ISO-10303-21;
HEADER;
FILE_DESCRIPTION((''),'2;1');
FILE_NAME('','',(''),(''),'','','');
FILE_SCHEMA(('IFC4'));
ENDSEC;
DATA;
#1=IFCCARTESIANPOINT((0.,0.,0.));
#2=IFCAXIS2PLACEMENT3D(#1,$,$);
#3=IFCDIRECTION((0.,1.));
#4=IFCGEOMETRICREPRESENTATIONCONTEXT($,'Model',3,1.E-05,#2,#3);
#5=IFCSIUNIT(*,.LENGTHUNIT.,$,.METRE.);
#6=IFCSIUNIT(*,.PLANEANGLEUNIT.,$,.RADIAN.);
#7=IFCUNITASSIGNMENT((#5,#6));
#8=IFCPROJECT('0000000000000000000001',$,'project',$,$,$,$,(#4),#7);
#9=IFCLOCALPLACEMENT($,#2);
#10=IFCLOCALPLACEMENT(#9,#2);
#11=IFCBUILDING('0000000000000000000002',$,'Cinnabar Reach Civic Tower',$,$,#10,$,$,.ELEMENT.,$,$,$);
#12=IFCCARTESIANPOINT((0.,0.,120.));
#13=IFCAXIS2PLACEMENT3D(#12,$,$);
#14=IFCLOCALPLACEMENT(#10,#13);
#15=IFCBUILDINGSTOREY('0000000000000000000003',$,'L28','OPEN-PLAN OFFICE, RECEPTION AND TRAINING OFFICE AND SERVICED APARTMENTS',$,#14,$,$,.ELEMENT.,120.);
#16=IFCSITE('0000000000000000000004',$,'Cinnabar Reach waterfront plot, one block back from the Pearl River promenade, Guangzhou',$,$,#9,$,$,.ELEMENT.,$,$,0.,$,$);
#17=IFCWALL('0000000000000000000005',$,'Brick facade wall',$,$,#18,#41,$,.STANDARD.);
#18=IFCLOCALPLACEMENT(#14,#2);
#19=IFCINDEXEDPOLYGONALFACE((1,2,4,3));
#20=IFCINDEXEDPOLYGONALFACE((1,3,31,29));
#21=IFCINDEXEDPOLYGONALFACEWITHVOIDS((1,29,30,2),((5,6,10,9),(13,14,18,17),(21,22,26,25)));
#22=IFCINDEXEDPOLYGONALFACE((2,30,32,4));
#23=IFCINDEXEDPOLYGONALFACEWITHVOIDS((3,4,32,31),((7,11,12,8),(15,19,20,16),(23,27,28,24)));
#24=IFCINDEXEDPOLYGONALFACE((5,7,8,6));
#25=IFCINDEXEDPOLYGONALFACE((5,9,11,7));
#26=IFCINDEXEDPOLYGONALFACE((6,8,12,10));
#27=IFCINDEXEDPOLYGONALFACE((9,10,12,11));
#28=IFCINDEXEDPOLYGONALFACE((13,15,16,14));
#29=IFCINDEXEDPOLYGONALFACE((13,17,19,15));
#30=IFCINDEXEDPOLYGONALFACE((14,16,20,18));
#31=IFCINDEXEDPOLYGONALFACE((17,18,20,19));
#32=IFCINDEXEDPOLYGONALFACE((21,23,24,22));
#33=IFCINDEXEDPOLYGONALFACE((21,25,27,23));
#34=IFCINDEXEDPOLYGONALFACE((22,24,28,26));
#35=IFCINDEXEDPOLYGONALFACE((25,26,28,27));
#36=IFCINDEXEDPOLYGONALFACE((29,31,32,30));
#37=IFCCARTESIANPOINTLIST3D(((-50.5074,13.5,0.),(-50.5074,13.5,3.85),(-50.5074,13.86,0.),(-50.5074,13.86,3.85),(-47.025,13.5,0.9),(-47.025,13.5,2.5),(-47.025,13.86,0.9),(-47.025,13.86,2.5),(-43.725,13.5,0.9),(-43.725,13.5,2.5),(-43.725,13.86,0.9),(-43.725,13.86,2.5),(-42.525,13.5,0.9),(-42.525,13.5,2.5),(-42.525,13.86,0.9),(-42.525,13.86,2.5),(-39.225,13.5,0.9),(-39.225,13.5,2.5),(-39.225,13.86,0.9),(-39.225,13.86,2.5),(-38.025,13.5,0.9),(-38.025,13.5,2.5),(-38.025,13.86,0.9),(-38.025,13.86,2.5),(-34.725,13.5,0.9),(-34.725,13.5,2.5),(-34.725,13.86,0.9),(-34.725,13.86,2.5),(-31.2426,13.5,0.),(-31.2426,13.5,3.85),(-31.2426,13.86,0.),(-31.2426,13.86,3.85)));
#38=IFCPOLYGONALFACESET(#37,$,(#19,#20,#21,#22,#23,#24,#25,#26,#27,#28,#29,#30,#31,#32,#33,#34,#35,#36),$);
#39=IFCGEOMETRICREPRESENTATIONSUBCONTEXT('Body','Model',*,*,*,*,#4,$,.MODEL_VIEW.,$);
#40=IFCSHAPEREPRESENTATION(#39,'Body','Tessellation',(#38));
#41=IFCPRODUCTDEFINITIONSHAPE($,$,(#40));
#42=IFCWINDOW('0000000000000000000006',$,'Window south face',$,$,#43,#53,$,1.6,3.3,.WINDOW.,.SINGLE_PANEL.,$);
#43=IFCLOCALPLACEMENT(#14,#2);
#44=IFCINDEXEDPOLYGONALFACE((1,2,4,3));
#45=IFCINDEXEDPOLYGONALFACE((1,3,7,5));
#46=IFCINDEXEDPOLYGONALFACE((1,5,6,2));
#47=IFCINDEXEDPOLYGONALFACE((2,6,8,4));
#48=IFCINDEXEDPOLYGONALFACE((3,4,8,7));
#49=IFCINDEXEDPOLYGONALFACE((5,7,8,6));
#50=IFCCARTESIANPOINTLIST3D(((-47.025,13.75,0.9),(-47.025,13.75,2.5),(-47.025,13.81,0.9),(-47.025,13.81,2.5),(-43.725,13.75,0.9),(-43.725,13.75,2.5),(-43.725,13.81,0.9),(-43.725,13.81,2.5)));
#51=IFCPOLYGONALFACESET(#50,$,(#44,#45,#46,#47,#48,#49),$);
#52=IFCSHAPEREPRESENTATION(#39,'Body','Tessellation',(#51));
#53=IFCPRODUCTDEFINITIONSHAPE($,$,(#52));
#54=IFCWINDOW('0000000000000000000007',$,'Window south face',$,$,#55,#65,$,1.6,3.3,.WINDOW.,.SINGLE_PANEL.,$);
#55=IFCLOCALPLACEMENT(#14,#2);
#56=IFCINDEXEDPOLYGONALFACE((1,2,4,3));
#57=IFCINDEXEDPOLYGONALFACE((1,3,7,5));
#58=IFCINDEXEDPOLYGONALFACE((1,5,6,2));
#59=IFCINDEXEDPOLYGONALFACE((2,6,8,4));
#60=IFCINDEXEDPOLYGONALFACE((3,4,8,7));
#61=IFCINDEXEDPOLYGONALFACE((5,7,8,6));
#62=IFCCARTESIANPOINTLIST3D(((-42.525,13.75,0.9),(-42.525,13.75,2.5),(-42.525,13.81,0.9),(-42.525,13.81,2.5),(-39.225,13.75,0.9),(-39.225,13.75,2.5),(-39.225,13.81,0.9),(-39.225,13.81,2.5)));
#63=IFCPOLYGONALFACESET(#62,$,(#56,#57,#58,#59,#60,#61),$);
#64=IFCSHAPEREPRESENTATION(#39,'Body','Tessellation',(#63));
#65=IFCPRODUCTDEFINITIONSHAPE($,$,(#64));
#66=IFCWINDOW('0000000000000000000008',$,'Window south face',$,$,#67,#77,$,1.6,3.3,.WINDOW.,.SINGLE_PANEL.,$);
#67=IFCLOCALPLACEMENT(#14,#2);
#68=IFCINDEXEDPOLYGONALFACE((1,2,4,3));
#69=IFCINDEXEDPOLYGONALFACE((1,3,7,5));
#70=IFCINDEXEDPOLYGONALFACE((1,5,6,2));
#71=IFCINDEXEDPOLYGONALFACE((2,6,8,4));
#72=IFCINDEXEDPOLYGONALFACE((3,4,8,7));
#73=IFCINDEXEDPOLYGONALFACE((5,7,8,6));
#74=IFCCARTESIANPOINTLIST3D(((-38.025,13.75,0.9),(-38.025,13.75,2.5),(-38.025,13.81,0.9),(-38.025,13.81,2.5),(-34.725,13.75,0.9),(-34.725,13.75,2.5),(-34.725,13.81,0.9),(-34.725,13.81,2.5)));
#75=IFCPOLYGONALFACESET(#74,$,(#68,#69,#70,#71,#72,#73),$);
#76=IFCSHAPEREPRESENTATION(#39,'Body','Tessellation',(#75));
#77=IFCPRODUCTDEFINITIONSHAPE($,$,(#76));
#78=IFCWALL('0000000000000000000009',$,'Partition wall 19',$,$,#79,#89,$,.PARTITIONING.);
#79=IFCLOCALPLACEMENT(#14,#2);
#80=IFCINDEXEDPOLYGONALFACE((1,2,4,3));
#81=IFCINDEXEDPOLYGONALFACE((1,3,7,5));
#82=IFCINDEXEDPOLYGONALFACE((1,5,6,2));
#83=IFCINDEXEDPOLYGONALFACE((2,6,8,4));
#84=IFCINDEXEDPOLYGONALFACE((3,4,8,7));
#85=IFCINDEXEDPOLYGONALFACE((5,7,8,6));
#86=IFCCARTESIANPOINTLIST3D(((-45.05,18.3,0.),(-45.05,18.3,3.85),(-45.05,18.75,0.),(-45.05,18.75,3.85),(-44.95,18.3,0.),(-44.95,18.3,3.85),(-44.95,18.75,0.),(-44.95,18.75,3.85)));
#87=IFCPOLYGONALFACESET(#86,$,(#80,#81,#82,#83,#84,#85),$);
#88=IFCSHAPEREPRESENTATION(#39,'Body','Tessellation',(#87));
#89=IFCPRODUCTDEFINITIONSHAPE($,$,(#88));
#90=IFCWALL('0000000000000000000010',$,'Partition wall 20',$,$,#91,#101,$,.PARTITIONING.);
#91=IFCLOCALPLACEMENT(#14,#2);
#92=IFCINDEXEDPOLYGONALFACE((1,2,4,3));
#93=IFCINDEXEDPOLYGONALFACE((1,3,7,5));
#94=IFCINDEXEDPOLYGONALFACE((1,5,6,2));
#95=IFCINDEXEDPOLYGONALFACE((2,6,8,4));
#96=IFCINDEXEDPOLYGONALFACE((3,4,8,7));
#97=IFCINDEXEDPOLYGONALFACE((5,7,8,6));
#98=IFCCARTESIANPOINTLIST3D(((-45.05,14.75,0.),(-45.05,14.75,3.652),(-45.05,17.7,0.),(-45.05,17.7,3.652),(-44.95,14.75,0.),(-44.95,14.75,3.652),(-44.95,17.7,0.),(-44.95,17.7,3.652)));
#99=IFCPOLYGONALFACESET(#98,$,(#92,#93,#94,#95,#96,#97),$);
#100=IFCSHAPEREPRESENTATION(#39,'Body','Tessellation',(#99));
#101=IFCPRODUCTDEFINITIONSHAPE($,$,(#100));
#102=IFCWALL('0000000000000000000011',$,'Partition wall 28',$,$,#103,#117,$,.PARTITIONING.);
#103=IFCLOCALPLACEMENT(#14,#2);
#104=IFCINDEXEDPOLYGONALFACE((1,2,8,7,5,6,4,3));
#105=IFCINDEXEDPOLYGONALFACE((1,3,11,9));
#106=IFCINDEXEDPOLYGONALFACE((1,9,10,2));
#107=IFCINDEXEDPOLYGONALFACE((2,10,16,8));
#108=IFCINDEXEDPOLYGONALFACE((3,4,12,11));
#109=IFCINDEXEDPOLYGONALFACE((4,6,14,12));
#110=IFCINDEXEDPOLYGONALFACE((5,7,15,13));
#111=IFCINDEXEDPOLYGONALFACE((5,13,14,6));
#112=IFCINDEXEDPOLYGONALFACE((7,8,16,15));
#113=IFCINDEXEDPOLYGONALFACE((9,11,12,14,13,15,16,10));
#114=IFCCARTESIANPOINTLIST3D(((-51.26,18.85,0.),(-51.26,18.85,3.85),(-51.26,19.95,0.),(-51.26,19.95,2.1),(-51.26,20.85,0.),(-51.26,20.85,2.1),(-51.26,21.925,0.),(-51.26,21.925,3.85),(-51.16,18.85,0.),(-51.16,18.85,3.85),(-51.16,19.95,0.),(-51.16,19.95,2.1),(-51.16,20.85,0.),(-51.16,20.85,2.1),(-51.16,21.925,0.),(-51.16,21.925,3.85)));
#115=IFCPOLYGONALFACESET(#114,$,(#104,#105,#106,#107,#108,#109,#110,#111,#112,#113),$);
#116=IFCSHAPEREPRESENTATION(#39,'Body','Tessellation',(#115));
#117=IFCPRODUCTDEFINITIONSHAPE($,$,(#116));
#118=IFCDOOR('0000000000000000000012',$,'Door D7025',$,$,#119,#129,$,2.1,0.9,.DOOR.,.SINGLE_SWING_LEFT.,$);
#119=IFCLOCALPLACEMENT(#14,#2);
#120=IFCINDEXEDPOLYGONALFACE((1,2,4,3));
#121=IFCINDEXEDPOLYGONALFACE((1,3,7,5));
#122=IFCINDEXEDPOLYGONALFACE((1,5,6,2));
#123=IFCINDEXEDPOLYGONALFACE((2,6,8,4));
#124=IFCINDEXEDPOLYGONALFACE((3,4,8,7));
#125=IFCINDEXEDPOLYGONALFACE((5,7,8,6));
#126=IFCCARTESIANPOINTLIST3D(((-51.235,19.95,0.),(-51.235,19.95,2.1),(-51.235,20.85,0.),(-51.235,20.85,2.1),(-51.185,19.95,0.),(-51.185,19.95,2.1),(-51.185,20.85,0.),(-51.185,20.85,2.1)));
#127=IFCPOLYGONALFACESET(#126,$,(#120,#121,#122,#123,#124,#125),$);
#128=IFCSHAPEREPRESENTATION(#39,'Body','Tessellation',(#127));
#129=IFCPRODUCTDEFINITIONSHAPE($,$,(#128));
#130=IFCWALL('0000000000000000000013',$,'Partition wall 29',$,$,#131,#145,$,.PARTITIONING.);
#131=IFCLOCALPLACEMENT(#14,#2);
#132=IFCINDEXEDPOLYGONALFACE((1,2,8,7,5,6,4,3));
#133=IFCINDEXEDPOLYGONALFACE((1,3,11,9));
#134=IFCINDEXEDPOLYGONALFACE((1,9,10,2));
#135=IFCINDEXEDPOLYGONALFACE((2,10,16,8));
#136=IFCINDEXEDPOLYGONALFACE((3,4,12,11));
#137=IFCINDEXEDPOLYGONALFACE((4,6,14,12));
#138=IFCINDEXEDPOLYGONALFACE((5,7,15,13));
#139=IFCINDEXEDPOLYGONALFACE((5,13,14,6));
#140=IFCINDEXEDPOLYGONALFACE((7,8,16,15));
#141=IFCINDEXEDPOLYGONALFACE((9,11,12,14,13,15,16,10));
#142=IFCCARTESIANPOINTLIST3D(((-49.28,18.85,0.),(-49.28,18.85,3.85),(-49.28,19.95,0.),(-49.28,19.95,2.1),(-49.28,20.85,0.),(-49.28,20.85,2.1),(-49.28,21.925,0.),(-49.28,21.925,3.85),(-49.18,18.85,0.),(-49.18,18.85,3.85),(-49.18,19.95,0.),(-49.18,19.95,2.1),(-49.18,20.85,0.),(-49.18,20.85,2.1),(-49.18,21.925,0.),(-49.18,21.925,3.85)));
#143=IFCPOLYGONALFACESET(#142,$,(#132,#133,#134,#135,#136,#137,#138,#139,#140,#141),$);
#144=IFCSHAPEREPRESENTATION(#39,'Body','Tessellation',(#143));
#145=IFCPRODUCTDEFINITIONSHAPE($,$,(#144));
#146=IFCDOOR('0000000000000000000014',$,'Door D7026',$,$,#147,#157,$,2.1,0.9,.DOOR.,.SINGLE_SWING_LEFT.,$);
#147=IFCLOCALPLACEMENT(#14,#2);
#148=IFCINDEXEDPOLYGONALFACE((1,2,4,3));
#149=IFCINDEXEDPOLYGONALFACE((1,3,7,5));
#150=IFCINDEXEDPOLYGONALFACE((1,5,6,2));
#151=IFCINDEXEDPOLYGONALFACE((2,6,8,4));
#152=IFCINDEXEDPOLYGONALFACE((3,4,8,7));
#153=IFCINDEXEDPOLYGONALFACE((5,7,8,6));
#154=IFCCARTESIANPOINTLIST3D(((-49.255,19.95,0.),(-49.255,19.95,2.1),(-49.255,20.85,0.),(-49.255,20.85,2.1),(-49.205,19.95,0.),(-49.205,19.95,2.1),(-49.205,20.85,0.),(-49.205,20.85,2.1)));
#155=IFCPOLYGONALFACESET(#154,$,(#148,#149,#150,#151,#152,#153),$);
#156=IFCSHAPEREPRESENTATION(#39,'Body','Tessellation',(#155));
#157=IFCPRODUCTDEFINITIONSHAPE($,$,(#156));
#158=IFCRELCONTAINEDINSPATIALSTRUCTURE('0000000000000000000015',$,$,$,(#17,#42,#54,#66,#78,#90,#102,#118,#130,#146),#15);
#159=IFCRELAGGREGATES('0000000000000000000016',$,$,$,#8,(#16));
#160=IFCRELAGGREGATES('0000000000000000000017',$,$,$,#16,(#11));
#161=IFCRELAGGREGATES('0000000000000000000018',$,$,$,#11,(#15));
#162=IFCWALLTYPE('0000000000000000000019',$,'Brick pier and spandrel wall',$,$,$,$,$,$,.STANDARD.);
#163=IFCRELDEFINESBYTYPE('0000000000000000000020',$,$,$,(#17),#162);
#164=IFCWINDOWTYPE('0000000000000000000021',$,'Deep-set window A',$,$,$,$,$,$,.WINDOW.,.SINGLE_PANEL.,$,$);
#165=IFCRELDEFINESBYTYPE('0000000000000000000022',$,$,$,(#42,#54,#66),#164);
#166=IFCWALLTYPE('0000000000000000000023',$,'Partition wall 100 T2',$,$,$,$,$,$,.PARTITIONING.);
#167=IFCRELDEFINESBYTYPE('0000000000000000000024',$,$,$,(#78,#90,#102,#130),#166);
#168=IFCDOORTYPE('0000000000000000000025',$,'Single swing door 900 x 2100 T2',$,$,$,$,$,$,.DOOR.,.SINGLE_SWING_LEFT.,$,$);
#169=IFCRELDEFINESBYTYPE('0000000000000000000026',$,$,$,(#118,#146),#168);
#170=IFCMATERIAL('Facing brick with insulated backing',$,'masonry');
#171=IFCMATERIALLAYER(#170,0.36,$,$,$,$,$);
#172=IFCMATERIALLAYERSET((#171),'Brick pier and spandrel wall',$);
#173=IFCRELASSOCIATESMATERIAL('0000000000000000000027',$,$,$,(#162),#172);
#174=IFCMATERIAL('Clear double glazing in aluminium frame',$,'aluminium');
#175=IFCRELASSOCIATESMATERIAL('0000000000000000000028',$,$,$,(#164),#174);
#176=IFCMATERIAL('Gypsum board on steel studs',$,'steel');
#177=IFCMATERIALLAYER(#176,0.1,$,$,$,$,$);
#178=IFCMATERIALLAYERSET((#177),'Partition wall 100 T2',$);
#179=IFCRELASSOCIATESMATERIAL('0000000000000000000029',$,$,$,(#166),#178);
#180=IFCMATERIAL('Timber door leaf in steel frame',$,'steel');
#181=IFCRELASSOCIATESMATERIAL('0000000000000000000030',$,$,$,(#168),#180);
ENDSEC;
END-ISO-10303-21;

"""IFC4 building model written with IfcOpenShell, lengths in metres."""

from ifc_helpers import new_model, si_unit, direction, frame, frame_2d, origin, place, context, subcontext, project, spatial, rectangle, extrude, material, layer, layer_set, type_object, element, fill, save


model = new_model("IFC4")

# Units and contexts
model_context = context("Model", 3, precision=1e-05, world=origin(), true_north=direction((0.0, 1.0)))
body_context = subcontext(model_context, "Body", "Model", "MODEL_VIEW")
ifc_project = project(units=[si_unit("LENGTHUNIT", "METRE"), si_unit("PLANEANGLEUNIT", "RADIAN")], contexts=[model_context])

# Site, building, storey
site_placement = place(None, origin())
site = spatial("IfcSite", under=ifc_project, at=site_placement, Name="Cinnabar Reach waterfront plot, one block back from the Pearl River promenade, Guangzhou", CompositionType="ELEMENT", RefElevation=0.0)
building_placement = place(site_placement, origin())
building = spatial("IfcBuilding", under=site, at=building_placement, Name="Cinnabar Reach Civic Tower", CompositionType="ELEMENT")
storey_placement = place(building_placement, frame((0.0, 0.0, 120.0)))
storey = spatial("IfcBuildingStorey", under=building, at=storey_placement, Name="L28", Description="OPEN-PLAN OFFICE, RECEPTION AND TRAINING OFFICE AND SERVICED APARTMENTS", CompositionType="ELEMENT", Elevation=120.0)

# Shared definitions
ifc_material_1 = material(Name="Facing brick with insulated backing", Category="masonry")

# Wall, openings, windows
ifc_layer_1 = layer(ifc_material_1, 0.36)
ifc_layer_set_1 = layer_set([ifc_layer_1], Name="Brick pier and spandrel wall")
wall_type_1 = type_object("IfcWallType", Name="Brick pier and spandrel wall", PredefinedType="STANDARD", material=ifc_layer_set_1)
wall_1_placement = place(storey_placement, frame((-50.5074, 13.68, 0.0), z_axis=(0.0, 0.0, 1.0), x_axis=(1.0, 0.0, 0.0)))
wall_1 = element("IfcWall", 1, at=wall_1_placement, inside=storey, type_object=wall_type_1, Name="Brick facade wall", PredefinedType="STANDARD", context=body_context, shape_type="SweptSolid", body=[
    extrude(rectangle(XDim=19.2648, YDim=0.36, at=frame_2d((9.6324, 0.0))), origin(), (0.0, 0.0, 1.0), 3.85),
])
opening_1_placement = place(wall_1_placement, frame((3.4824, 0.0, 0.9)))
opening_1 = element("IfcOpeningElement", 2, at=opening_1_placement, cuts=wall_1, PredefinedType="OPENING", context=body_context, shape_type="SweptSolid", body=[
    extrude(rectangle(XDim=3.3, YDim=1.6, at=frame_2d((1.65, 0.8))), frame((0.0, 0.19, 0.0), z_axis=(0.0, -1.0, 0.0), x_axis=(1.0, 0.0, 0.0)), (0.0, 0.0, 1.0), 0.38),
])
opening_2_placement = place(wall_1_placement, frame((7.9824, 0.0, 0.9)))
opening_2 = element("IfcOpeningElement", 3, at=opening_2_placement, cuts=wall_1, PredefinedType="OPENING", context=body_context, shape_type="SweptSolid", body=[
    extrude(rectangle(XDim=3.3, YDim=1.6, at=frame_2d((1.65, 0.8))), frame((0.0, 0.19, 0.0), z_axis=(0.0, -1.0, 0.0), x_axis=(1.0, 0.0, 0.0)), (0.0, 0.0, 1.0), 0.38),
])
opening_3_placement = place(wall_1_placement, frame((12.4824, 0.0, 0.9)))
opening_3 = element("IfcOpeningElement", 4, at=opening_3_placement, cuts=wall_1, PredefinedType="OPENING", context=body_context, shape_type="SweptSolid", body=[
    extrude(rectangle(XDim=3.3, YDim=1.6, at=frame_2d((1.65, 0.8))), frame((0.0, 0.19, 0.0), z_axis=(0.0, -1.0, 0.0), x_axis=(1.0, 0.0, 0.0)), (0.0, 0.0, 1.0), 0.38),
])
ifc_material_2 = material(Name="Clear double glazing in aluminium frame", Category="aluminium")
window_type = type_object("IfcWindowType", Name="Deep-set window A", PartitioningType="SINGLE_PANEL", PredefinedType="WINDOW", material=ifc_material_2)
window_1_placement = place(opening_1_placement, origin())
window_1 = element("IfcWindow", 5, at=window_1_placement, inside=storey, type_object=window_type, Name="Window south face", OverallHeight=1.6, OverallWidth=3.3, PartitioningType="SINGLE_PANEL", PredefinedType="WINDOW", context=body_context, shape_type="SweptSolid", body=[
    extrude(rectangle(XDim=3.3, YDim=1.6, at=frame_2d((1.65, 0.8))), frame((0.0, 0.13, 0.0), z_axis=(0.0, -1.0, 0.0), x_axis=(1.0, 0.0, 0.0)), (0.0, 0.0, 1.0), 0.06),
])
fill(opening_1, window_1)
window_2_placement = place(opening_2_placement, origin())
window_2 = element("IfcWindow", 6, at=window_2_placement, inside=storey, type_object=window_type, Name="Window south face", OverallHeight=1.6, OverallWidth=3.3, PartitioningType="SINGLE_PANEL", PredefinedType="WINDOW", context=body_context, shape_type="SweptSolid", body=[
    extrude(rectangle(XDim=3.3, YDim=1.6, at=frame_2d((1.65, 0.8))), frame((0.0, 0.13, 0.0), z_axis=(0.0, -1.0, 0.0), x_axis=(1.0, 0.0, 0.0)), (0.0, 0.0, 1.0), 0.06),
])
fill(opening_2, window_2)
window_3_placement = place(opening_3_placement, origin())
window_3 = element("IfcWindow", 7, at=window_3_placement, inside=storey, type_object=window_type, Name="Window south face", OverallHeight=1.6, OverallWidth=3.3, PartitioningType="SINGLE_PANEL", PredefinedType="WINDOW", context=body_context, shape_type="SweptSolid", body=[
    extrude(rectangle(XDim=3.3, YDim=1.6, at=frame_2d((1.65, 0.8))), frame((0.0, 0.13, 0.0), z_axis=(0.0, -1.0, 0.0), x_axis=(1.0, 0.0, 0.0)), (0.0, 0.0, 1.0), 0.06),
])
fill(opening_3, window_3)

# Walls
ifc_material_3 = material(Name="Gypsum board on steel studs", Category="steel")
ifc_layer_2 = layer(ifc_material_3, 0.1)
ifc_layer_set_2 = layer_set([ifc_layer_2], Name="Partition wall 100 T2")
wall_type_2 = type_object("IfcWallType", Name="Partition wall 100 T2", PredefinedType="PARTITIONING", material=ifc_layer_set_2)
wall_2_placement = place(storey_placement, frame((-45.0, 18.3, 0.0), z_axis=(0.0, 0.0, 1.0), x_axis=(0.0, 1.0, 0.0)))
element("IfcWall", 8, at=wall_2_placement, inside=storey, type_object=wall_type_2, Name="Partition wall 19", PredefinedType="PARTITIONING", context=body_context, shape_type="SweptSolid", body=[
    extrude(rectangle(XDim=0.45, YDim=0.1, at=frame_2d((0.225, 0.0))), origin(), (0.0, 0.0, 1.0), 3.85),
])
wall_3_placement = place(storey_placement, frame((-45.0, 14.75, 0.0), z_axis=(0.0, 0.0, 1.0), x_axis=(0.0, 1.0, 0.0)))
element("IfcWall", 9, at=wall_3_placement, inside=storey, type_object=wall_type_2, Name="Partition wall 20", PredefinedType="PARTITIONING", context=body_context, shape_type="SweptSolid", body=[
    extrude(rectangle(XDim=2.95, YDim=0.1, at=frame_2d((1.475, 0.0))), origin(), (0.0, 0.0, 1.0), 3.652),
])

# Walls, openings, doors
wall_4_placement = place(storey_placement, frame((-51.21, 18.85, 0.0), z_axis=(0.0, 0.0, 1.0), x_axis=(0.0, 1.0, 0.0)))
wall_4 = element("IfcWall", 10, at=wall_4_placement, inside=storey, type_object=wall_type_2, Name="Partition wall 28", PredefinedType="PARTITIONING", context=body_context, shape_type="SweptSolid", body=[
    extrude(rectangle(XDim=3.075, YDim=0.1, at=frame_2d((1.5375, 0.0))), origin(), (0.0, 0.0, 1.0), 3.85),
])
opening_4_placement = place(wall_4_placement, frame((1.1, 0.0, 0.0)))
opening_4 = element("IfcOpeningElement", 11, at=opening_4_placement, cuts=wall_4, PredefinedType="OPENING", context=body_context, shape_type="SweptSolid", body=[
    extrude(rectangle(XDim=0.9, YDim=2.1, at=frame_2d((0.45, 1.05))), frame((0.0, 0.06, 0.0), z_axis=(0.0, -1.0, 0.0), x_axis=(1.0, 0.0, 0.0)), (0.0, 0.0, 1.0), 0.12),
])
ifc_material_4 = material(Name="Timber door leaf in steel frame", Category="steel")
door_type = type_object("IfcDoorType", Name="Single swing door 900 x 2100 T2", OperationType="SINGLE_SWING_LEFT", PredefinedType="DOOR", material=ifc_material_4)
door_1_placement = place(opening_4_placement, origin())
door_1 = element("IfcDoor", 12, at=door_1_placement, inside=storey, type_object=door_type, Name="Door D7025", OperationType="SINGLE_SWING_LEFT", OverallHeight=2.1, OverallWidth=0.9, PredefinedType="DOOR", context=body_context, shape_type="SweptSolid", body=[
    extrude(rectangle(XDim=0.9, YDim=2.1, at=frame_2d((0.45, 1.05))), frame((0.0, 0.025, 0.0), z_axis=(0.0, -1.0, 0.0), x_axis=(1.0, 0.0, 0.0)), (0.0, 0.0, 1.0), 0.05),
])
fill(opening_4, door_1)
wall_5_placement = place(storey_placement, frame((-49.23, 18.85, 0.0), z_axis=(0.0, 0.0, 1.0), x_axis=(0.0, 1.0, 0.0)))
wall_5 = element("IfcWall", 13, at=wall_5_placement, inside=storey, type_object=wall_type_2, Name="Partition wall 29", PredefinedType="PARTITIONING", context=body_context, shape_type="SweptSolid", body=[
    extrude(rectangle(XDim=3.075, YDim=0.1, at=frame_2d((1.5375, 0.0))), origin(), (0.0, 0.0, 1.0), 3.85),
])
opening_5_placement = place(wall_5_placement, frame((1.1, 0.0, 0.0)))
opening_5 = element("IfcOpeningElement", 14, at=opening_5_placement, cuts=wall_5, PredefinedType="OPENING", context=body_context, shape_type="SweptSolid", body=[
    extrude(rectangle(XDim=0.9, YDim=2.1, at=frame_2d((0.45, 1.05))), frame((0.0, 0.06, 0.0), z_axis=(0.0, -1.0, 0.0), x_axis=(1.0, 0.0, 0.0)), (0.0, 0.0, 1.0), 0.12),
])
door_2_placement = place(opening_5_placement, origin())
door_2 = element("IfcDoor", 15, at=door_2_placement, inside=storey, type_object=door_type, Name="Door D7026", OperationType="SINGLE_SWING_LEFT", OverallHeight=2.1, OverallWidth=0.9, PredefinedType="DOOR", context=body_context, shape_type="SweptSolid", body=[
    extrude(rectangle(XDim=0.9, YDim=2.1, at=frame_2d((0.45, 1.05))), frame((0.0, 0.025, 0.0), z_axis=(0.0, -1.0, 0.0), x_axis=(1.0, 0.0, 0.0)), (0.0, 0.0, 1.0), 0.05),
])
fill(opening_5, door_2)

save(model, "model.ifc")
